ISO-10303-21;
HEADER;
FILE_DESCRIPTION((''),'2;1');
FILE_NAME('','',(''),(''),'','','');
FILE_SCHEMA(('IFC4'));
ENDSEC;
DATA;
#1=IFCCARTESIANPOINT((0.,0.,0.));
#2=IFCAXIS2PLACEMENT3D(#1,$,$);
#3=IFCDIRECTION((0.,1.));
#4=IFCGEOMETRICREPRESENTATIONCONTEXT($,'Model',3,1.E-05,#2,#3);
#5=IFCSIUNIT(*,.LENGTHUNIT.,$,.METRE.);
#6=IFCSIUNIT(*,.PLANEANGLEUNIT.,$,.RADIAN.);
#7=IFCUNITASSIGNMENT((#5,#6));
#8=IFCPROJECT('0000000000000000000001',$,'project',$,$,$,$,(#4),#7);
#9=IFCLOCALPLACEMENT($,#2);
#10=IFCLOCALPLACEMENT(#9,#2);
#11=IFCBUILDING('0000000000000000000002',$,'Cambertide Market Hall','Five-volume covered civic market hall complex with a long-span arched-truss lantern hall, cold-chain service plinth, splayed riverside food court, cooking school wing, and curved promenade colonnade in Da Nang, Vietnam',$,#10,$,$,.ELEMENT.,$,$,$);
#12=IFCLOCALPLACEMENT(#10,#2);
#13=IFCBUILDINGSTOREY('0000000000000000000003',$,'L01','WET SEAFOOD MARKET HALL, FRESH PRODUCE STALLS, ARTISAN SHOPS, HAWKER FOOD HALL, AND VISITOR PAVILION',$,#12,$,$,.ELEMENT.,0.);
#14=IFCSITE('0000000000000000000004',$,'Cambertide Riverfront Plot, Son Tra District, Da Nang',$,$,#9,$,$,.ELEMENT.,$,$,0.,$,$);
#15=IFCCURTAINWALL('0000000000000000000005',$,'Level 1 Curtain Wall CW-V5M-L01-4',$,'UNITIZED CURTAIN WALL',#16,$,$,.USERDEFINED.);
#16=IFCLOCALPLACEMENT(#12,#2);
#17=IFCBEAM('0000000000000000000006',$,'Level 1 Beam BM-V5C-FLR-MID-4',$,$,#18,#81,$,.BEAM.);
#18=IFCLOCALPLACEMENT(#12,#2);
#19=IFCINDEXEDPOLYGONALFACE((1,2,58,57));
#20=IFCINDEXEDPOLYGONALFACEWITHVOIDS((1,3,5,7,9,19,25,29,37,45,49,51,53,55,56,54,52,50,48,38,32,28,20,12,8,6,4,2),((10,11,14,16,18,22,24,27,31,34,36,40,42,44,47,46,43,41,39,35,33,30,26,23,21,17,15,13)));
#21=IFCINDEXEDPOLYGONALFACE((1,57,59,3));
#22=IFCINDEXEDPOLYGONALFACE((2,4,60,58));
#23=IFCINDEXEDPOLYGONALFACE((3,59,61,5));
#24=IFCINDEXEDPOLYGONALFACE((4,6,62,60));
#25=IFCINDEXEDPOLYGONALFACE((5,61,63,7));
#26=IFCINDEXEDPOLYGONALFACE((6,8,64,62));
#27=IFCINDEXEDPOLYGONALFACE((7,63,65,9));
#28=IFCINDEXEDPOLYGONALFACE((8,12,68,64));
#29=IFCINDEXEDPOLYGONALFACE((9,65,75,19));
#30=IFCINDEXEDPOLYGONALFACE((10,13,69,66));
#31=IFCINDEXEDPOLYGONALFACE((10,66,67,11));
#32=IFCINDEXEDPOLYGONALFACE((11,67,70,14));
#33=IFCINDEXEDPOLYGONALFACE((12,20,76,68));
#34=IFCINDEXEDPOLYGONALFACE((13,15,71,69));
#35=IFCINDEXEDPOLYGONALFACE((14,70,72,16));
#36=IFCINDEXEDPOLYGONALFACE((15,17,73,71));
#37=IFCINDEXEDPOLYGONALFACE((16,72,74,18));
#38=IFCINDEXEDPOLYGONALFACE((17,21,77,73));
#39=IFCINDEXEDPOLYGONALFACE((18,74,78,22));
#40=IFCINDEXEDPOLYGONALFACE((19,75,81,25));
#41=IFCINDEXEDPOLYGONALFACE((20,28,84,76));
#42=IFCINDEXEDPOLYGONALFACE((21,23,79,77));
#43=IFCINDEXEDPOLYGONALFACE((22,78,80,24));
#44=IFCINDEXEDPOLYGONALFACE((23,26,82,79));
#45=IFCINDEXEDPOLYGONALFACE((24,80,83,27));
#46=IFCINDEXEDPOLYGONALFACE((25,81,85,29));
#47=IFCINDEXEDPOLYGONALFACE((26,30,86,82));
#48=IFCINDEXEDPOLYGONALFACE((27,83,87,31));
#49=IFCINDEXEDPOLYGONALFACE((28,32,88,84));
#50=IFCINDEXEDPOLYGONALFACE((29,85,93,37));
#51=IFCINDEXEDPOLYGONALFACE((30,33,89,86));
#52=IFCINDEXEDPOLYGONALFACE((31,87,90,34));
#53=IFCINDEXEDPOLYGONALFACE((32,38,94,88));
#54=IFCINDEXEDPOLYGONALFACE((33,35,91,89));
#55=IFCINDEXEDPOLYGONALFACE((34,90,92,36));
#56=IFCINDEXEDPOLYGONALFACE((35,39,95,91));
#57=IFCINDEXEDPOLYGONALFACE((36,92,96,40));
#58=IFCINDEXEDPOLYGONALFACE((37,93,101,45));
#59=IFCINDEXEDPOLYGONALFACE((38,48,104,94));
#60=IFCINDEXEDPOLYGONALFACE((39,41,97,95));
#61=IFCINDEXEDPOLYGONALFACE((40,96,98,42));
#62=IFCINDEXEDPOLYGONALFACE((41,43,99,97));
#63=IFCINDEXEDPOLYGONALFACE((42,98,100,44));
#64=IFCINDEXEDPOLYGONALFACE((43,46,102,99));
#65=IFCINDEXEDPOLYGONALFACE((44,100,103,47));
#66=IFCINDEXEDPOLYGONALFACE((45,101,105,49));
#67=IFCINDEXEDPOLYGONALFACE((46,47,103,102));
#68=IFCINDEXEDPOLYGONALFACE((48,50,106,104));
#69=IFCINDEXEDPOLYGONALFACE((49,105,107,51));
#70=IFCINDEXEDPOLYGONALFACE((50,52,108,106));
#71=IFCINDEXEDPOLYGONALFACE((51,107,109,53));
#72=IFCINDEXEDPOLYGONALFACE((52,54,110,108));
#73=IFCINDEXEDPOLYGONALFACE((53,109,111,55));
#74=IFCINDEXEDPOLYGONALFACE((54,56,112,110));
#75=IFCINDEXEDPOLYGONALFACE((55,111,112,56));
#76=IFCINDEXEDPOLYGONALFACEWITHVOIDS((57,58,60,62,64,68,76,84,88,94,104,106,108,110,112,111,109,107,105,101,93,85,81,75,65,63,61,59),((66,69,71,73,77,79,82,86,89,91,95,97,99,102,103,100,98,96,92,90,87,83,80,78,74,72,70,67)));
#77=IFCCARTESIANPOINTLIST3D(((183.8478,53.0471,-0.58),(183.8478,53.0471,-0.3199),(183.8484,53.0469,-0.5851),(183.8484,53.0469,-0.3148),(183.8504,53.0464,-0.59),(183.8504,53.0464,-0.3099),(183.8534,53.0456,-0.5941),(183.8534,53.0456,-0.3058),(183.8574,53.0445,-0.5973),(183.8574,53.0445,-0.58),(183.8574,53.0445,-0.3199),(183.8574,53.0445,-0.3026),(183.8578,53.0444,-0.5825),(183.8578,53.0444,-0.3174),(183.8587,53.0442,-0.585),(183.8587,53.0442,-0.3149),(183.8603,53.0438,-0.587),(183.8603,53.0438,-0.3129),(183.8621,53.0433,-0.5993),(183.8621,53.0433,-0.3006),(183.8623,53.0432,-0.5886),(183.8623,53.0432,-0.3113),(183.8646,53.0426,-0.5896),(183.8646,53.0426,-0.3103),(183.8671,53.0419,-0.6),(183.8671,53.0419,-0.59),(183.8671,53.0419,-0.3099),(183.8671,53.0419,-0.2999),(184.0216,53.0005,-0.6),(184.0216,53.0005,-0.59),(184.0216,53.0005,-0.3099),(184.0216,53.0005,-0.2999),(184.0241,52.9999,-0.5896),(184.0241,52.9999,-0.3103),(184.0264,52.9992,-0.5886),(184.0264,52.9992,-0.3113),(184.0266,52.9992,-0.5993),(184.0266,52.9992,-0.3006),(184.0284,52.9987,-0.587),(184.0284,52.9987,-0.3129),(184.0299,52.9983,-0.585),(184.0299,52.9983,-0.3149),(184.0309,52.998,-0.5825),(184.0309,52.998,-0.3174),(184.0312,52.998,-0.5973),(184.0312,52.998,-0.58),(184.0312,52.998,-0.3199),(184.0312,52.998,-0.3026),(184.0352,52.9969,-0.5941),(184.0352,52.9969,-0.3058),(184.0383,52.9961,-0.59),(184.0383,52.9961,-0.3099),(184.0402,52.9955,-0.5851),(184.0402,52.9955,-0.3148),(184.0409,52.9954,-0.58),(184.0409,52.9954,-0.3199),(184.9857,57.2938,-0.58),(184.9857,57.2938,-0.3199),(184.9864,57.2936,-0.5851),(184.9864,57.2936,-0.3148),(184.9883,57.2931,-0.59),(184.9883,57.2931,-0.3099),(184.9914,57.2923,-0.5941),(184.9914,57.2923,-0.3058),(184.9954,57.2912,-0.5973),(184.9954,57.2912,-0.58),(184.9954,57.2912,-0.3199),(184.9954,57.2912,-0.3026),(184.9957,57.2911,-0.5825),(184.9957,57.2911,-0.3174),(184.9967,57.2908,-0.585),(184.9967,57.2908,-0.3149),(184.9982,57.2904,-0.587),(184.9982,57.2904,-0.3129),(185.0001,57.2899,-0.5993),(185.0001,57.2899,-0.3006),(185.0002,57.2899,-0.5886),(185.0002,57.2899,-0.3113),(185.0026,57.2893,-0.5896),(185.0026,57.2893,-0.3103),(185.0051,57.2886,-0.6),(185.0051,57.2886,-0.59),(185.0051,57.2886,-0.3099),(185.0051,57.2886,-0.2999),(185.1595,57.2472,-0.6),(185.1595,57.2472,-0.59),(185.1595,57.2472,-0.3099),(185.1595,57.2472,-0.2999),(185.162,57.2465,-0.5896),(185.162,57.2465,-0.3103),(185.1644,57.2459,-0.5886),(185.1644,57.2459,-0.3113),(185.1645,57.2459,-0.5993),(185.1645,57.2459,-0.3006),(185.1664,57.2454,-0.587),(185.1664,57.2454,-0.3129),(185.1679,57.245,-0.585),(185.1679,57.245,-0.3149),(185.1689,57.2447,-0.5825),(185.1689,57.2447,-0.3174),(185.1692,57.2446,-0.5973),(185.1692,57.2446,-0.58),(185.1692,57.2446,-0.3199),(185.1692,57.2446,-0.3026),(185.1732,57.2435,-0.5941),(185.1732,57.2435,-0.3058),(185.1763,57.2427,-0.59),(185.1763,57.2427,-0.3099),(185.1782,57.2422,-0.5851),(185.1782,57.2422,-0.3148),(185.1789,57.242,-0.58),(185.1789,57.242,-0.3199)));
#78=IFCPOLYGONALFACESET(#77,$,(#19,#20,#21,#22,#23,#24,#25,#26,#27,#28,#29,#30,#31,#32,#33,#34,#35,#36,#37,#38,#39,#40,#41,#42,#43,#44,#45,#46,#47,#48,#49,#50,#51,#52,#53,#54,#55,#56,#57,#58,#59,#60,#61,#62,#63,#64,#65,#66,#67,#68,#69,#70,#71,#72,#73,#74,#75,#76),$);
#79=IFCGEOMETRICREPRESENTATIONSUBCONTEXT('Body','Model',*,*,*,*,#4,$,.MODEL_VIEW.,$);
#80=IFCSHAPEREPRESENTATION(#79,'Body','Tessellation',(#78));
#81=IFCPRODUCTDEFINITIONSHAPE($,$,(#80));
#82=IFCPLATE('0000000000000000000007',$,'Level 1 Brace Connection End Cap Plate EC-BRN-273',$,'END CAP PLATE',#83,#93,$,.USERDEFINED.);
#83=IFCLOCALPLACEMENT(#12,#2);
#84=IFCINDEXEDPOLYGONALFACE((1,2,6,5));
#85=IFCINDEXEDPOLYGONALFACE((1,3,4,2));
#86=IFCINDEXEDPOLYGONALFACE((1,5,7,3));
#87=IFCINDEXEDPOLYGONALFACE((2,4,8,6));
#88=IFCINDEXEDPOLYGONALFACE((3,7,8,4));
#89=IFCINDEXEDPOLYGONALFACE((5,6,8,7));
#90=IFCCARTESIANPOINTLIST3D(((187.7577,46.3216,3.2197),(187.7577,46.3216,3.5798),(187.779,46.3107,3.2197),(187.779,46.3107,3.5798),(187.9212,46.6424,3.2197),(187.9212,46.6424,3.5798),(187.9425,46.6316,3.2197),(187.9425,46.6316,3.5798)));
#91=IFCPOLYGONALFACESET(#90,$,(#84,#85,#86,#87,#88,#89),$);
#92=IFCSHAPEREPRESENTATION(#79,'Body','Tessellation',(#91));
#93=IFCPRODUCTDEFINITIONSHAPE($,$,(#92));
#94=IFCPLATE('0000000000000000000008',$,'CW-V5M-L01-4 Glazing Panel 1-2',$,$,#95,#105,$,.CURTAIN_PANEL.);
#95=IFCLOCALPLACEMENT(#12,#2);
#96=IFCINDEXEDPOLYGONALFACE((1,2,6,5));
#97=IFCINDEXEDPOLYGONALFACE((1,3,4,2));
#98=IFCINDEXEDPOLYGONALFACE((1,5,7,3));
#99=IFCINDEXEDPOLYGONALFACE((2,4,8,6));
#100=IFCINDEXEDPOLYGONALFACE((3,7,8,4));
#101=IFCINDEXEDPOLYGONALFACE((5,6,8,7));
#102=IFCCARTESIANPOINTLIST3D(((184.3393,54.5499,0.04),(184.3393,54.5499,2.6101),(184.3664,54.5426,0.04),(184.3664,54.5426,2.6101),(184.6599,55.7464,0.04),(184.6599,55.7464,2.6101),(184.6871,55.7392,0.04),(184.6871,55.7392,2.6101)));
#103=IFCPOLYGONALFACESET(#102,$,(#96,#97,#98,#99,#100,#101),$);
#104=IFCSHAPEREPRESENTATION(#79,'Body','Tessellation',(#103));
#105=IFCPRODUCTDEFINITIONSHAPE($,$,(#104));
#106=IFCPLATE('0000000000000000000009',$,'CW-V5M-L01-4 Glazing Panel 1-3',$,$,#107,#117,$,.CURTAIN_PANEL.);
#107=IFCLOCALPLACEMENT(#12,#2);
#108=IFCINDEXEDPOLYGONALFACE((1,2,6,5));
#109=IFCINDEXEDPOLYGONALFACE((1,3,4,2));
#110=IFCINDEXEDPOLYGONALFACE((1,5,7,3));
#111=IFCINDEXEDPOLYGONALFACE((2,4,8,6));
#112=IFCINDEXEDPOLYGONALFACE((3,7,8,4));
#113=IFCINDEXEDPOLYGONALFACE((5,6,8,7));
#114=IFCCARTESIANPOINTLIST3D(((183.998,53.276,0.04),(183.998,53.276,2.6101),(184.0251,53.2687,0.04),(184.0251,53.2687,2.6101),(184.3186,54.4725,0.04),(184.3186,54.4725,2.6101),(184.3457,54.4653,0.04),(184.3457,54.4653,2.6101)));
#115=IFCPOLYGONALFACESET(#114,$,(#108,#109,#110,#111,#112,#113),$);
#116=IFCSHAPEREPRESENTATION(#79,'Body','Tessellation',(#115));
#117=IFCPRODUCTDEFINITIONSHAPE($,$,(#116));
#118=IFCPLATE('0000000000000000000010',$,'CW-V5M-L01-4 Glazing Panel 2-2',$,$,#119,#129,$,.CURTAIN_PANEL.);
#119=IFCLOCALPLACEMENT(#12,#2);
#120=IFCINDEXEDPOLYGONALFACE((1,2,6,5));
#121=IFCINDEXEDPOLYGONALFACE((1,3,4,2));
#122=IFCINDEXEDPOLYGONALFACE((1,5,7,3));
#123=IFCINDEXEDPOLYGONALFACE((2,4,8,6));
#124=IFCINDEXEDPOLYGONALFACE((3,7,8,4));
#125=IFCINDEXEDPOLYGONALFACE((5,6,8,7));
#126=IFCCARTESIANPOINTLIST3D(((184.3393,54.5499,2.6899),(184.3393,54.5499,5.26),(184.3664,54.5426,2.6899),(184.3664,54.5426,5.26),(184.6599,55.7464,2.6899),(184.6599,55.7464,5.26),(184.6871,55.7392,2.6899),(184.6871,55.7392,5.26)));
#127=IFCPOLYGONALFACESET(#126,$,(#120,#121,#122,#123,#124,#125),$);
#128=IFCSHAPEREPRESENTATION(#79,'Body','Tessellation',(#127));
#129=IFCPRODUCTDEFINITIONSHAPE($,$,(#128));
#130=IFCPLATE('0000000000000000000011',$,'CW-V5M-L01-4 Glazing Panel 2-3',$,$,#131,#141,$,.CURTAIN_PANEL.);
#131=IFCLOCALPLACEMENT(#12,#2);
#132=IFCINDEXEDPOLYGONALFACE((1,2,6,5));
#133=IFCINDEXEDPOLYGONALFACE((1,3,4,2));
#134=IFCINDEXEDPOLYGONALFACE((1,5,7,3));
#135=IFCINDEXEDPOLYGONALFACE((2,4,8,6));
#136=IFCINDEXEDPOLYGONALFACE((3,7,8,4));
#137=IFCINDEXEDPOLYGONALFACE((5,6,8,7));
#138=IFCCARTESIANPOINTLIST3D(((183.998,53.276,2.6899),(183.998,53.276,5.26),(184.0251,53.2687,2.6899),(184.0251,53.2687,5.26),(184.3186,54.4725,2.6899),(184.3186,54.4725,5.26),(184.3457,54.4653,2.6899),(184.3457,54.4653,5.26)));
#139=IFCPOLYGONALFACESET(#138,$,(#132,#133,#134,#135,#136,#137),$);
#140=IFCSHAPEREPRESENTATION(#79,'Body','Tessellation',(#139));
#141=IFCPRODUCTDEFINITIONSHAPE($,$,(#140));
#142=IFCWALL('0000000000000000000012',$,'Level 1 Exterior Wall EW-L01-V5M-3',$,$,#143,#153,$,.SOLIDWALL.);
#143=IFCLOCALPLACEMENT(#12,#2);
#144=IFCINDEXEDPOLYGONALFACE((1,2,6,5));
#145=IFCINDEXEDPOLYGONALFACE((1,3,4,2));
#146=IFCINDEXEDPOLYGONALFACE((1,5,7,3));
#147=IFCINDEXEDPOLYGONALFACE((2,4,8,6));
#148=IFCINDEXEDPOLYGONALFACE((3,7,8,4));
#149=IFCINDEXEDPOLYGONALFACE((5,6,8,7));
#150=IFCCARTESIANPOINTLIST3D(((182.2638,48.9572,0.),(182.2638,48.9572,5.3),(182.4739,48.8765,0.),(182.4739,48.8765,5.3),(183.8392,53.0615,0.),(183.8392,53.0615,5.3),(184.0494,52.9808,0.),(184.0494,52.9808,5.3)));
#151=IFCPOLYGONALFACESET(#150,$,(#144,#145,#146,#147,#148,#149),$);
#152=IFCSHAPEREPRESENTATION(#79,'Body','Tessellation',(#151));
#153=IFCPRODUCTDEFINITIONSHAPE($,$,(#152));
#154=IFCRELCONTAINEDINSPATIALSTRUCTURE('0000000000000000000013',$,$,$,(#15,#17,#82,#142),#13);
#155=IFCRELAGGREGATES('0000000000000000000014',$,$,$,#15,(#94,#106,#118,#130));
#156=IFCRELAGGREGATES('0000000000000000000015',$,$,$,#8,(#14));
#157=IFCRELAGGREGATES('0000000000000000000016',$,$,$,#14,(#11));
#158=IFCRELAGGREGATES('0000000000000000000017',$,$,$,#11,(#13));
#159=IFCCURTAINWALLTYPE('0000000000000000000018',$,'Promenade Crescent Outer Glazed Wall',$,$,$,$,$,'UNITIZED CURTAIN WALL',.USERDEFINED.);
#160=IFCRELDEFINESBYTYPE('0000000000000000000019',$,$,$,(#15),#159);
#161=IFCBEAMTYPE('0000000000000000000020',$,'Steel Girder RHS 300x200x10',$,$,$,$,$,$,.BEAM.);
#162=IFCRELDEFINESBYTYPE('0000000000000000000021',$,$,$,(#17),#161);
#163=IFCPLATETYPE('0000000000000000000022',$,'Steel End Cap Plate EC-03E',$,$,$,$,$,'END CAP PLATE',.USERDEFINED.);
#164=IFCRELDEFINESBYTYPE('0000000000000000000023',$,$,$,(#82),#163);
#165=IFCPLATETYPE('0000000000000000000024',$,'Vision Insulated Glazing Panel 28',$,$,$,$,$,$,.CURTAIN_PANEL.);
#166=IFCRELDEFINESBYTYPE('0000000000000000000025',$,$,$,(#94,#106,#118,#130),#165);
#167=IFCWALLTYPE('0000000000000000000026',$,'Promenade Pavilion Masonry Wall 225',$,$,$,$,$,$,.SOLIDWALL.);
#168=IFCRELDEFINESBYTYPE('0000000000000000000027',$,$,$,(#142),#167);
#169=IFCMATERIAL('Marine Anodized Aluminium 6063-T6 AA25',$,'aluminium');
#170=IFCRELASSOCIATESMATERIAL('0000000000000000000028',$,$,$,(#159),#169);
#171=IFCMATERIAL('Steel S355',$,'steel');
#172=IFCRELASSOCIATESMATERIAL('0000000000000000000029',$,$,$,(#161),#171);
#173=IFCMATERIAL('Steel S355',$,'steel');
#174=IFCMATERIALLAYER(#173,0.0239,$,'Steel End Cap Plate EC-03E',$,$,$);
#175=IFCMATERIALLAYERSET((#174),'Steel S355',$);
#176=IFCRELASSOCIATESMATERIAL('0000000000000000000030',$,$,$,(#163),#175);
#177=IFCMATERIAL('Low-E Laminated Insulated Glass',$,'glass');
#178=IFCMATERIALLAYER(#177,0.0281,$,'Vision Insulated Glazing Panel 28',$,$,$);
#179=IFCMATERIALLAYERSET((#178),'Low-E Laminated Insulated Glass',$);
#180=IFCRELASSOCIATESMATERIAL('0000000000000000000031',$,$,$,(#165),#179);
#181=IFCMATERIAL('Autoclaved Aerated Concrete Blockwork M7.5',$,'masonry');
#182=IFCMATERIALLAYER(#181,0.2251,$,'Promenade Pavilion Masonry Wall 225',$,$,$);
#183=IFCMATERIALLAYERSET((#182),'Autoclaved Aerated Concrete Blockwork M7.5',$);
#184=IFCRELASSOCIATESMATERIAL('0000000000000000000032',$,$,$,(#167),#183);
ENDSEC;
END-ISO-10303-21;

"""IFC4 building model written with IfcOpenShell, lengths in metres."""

from ifc_helpers import new_model, si_unit, direction, frame, frame_2d, origin, origin_2d, place, context, subcontext, project, spatial, rectangle, hollow_rectangle, extrude, material, layer, layer_set, material_profile, profile_set, type_object, element, aggregate, save


model = new_model("IFC4")

# Units and contexts
model_context = context("Model", 3, precision=1e-05, world=origin(), true_north=direction((0.0, 1.0)))
body_context = subcontext(model_context, "Body", "Model", "MODEL_VIEW")
ifc_project = project(units=[si_unit("LENGTHUNIT", "METRE"), si_unit("PLANEANGLEUNIT", "RADIAN")], contexts=[model_context])

# Site, building, storey
site_placement = place(None, origin())
site = spatial("IfcSite", under=ifc_project, at=site_placement, Name="Cambertide Riverfront Plot, Son Tra District, Da Nang", CompositionType="ELEMENT", RefElevation=0.0)
building_placement = place(site_placement, origin())
building = spatial("IfcBuilding", under=site, at=building_placement, Name="Cambertide Market Hall", Description="Five-volume covered civic market hall complex with a long-span arched-truss lantern hall, cold-chain service plinth, splayed riverside food court, cooking school wing, and curved promenade colonnade in Da Nang, Vietnam", CompositionType="ELEMENT")
storey_placement = place(building_placement, origin())
storey = spatial("IfcBuildingStorey", under=building, at=storey_placement, Name="L01", Description="WET SEAFOOD MARKET HALL, FRESH PRODUCE STALLS, ARTISAN SHOPS, HAWKER FOOD HALL, AND VISITOR PAVILION", CompositionType="ELEMENT", Elevation=0.0)

# Curtain wall
ifc_material_1 = material(Name="Marine Anodized Aluminium 6063-T6 AA25", Category="aluminium")
curtain_wall_type = type_object("IfcCurtainWallType", Name="Promenade Crescent Outer Glazed Wall", ElementType="UNITIZED CURTAIN WALL", PredefinedType="USERDEFINED", material=ifc_material_1)
curtain_wall_placement = place(storey_placement, origin())
curtain_wall = element("IfcCurtainWall", 1, at=curtain_wall_placement, inside=storey, type_object=curtain_wall_type, Name="Level 1 Curtain Wall CW-V5M-L01-4", ObjectType="UNITIZED CURTAIN WALL", PredefinedType="USERDEFINED")

# Beam
ifc_material_2 = material(Name="Steel S355", Category="steel")
ifc_material_profile_1 = material_profile(ifc_material_2, hollow_rectangle(XDim=0.2, YDim=0.3, WallThickness=0.01, InnerFilletRadius=0.01, OuterFilletRadius=0.02, at=origin_2d()), Name="RHS 300x200x10")
ifc_profile_set_1 = profile_set([ifc_material_profile_1], Name="Steel S355")
beam_type_1 = type_object("IfcBeamType", Name="Steel Girder RHS 300x200x10", PredefinedType="BEAM", material=ifc_profile_set_1)
beam_1_placement = place(storey_placement, frame((183.9443, 53.0212, -0.45), z_axis=(0.258834, 0.965922, 0.0), x_axis=(-0.965922, 0.258834, 0.0)))
element("IfcBeam", 2, at=beam_1_placement, inside=storey, type_object=beam_type_1, Name="Level 1 Beam BM-V5C-FLR-MID-4", PredefinedType="BEAM", context=body_context, shape_type="SweptSolid", body=[
    extrude(hollow_rectangle(XDim=0.2, YDim=0.3, WallThickness=0.01, InnerFilletRadius=0.01, OuterFilletRadius=0.02, at=origin_2d()), origin(), (0.0, 0.0, 1.0), 4.3965),
])

# Plates
ifc_material_3 = material(Name="Steel S355", Category="steel")
ifc_layer_1 = layer(ifc_material_3, 0.0239, Name="Steel End Cap Plate EC-03E")
ifc_layer_set_1 = layer_set([ifc_layer_1], Name="Steel S355")
plate_type_1 = type_object("IfcPlateType", Name="Steel End Cap Plate EC-03E", ElementType="END CAP PLATE", PredefinedType="USERDEFINED", material=ifc_layer_set_1)
plate_1_placement = place(storey_placement, frame((187.8501, 46.4766, 3.2197), z_axis=(0.0, 0.0, 1.0), x_axis=(-0.45399, -0.891007, 0.0)))
element("IfcPlate", 3, at=plate_1_placement, inside=storey, type_object=plate_type_1, Name="Level 1 Brace Connection End Cap Plate EC-BRN-273", ObjectType="END CAP PLATE", PredefinedType="USERDEFINED", context=body_context, shape_type="SweptSolid", body=[
    extrude(rectangle(XDim=0.3601, YDim=0.0239, at=origin_2d()), origin(), (0.0, 0.0, 1.0), 0.3601),
])
ifc_material_4 = material(Name="Low-E Laminated Insulated Glass", Category="glass")
ifc_layer_2 = layer(ifc_material_4, 0.0281, Name="Vision Insulated Glazing Panel 28")
ifc_layer_set_2 = layer_set([ifc_layer_2], Name="Low-E Laminated Insulated Glass")
plate_type_2 = type_object("IfcPlateType", Name="Vision Insulated Glazing Panel 28", PredefinedType="CURTAIN_PANEL", material=ifc_layer_set_2)
plate_2_placement = place(storey_placement, frame((184.5132, 55.1445, 0.04), z_axis=(0.0, 0.0, 1.0), x_axis=(-0.258819, -0.965926, 0.0)))
plate_2 = element("IfcPlate", 4, at=plate_2_placement, type_object=plate_type_2, Name="CW-V5M-L01-4 Glazing Panel 1-2", PredefinedType="CURTAIN_PANEL", context=body_context, shape_type="SweptSolid", body=[
    extrude(rectangle(XDim=1.2388, YDim=0.0281, at=origin_2d()), origin(), (0.0, 0.0, 1.0), 2.5701),
])
plate_3_placement = place(storey_placement, frame((184.1719, 53.8706, 0.04), z_axis=(0.0, 0.0, 1.0), x_axis=(-0.258819, -0.965926, 0.0)))
plate_3 = element("IfcPlate", 5, at=plate_3_placement, type_object=plate_type_2, Name="CW-V5M-L01-4 Glazing Panel 1-3", PredefinedType="CURTAIN_PANEL", context=body_context, shape_type="SweptSolid", body=[
    extrude(rectangle(XDim=1.2388, YDim=0.0281, at=origin_2d()), origin(), (0.0, 0.0, 1.0), 2.5701),
])
plate_4_placement = place(storey_placement, frame((184.5132, 55.1445, 2.6899), z_axis=(0.0, 0.0, 1.0), x_axis=(-0.258819, -0.965926, 0.0)))
plate_4 = element("IfcPlate", 6, at=plate_4_placement, type_object=plate_type_2, Name="CW-V5M-L01-4 Glazing Panel 2-2", PredefinedType="CURTAIN_PANEL", context=body_context, shape_type="SweptSolid", body=[
    extrude(rectangle(XDim=1.2388, YDim=0.0281, at=origin_2d()), origin(), (0.0, 0.0, 1.0), 2.5701),
])
plate_5_placement = place(storey_placement, frame((184.1719, 53.8706, 2.6899), z_axis=(0.0, 0.0, 1.0), x_axis=(-0.258819, -0.965926, 0.0)))
plate_5 = element("IfcPlate", 7, at=plate_5_placement, type_object=plate_type_2, Name="CW-V5M-L01-4 Glazing Panel 2-3", PredefinedType="CURTAIN_PANEL", context=body_context, shape_type="SweptSolid", body=[
    extrude(rectangle(XDim=1.2388, YDim=0.0281, at=origin_2d()), origin(), (0.0, 0.0, 1.0), 2.5701),
])
aggregate(curtain_wall, [plate_2, plate_3, plate_4, plate_5])

# Wall
ifc_material_5 = material(Name="Autoclaved Aerated Concrete Blockwork M7.5", Category="masonry")
ifc_layer_3 = layer(ifc_material_5, 0.2251, Name="Promenade Pavilion Masonry Wall 225")
ifc_layer_set_3 = layer_set([ifc_layer_3], Name="Autoclaved Aerated Concrete Blockwork M7.5")
wall_type = type_object("IfcWallType", Name="Promenade Pavilion Masonry Wall 225", PredefinedType="SOLIDWALL", material=ifc_layer_set_3)
wall_placement = place(storey_placement, frame((183.9443, 53.0212, 0.0), z_axis=(0.0, 0.0, 1.0), x_axis=(-0.358361, -0.933583, 0.0)))
element("IfcWall", 8, at=wall_placement, inside=storey, type_object=wall_type, Name="Level 1 Exterior Wall EW-L01-V5M-3", PredefinedType="SOLIDWALL", context=body_context, shape_type="SweptSolid", body=[
    extrude(rectangle(XDim=4.3962, YDim=0.2251, at=frame_2d((2.1982, 0.0))), origin(), (0.0, 0.0, 1.0), 5.3),
])

save(model, "model.ifc")
